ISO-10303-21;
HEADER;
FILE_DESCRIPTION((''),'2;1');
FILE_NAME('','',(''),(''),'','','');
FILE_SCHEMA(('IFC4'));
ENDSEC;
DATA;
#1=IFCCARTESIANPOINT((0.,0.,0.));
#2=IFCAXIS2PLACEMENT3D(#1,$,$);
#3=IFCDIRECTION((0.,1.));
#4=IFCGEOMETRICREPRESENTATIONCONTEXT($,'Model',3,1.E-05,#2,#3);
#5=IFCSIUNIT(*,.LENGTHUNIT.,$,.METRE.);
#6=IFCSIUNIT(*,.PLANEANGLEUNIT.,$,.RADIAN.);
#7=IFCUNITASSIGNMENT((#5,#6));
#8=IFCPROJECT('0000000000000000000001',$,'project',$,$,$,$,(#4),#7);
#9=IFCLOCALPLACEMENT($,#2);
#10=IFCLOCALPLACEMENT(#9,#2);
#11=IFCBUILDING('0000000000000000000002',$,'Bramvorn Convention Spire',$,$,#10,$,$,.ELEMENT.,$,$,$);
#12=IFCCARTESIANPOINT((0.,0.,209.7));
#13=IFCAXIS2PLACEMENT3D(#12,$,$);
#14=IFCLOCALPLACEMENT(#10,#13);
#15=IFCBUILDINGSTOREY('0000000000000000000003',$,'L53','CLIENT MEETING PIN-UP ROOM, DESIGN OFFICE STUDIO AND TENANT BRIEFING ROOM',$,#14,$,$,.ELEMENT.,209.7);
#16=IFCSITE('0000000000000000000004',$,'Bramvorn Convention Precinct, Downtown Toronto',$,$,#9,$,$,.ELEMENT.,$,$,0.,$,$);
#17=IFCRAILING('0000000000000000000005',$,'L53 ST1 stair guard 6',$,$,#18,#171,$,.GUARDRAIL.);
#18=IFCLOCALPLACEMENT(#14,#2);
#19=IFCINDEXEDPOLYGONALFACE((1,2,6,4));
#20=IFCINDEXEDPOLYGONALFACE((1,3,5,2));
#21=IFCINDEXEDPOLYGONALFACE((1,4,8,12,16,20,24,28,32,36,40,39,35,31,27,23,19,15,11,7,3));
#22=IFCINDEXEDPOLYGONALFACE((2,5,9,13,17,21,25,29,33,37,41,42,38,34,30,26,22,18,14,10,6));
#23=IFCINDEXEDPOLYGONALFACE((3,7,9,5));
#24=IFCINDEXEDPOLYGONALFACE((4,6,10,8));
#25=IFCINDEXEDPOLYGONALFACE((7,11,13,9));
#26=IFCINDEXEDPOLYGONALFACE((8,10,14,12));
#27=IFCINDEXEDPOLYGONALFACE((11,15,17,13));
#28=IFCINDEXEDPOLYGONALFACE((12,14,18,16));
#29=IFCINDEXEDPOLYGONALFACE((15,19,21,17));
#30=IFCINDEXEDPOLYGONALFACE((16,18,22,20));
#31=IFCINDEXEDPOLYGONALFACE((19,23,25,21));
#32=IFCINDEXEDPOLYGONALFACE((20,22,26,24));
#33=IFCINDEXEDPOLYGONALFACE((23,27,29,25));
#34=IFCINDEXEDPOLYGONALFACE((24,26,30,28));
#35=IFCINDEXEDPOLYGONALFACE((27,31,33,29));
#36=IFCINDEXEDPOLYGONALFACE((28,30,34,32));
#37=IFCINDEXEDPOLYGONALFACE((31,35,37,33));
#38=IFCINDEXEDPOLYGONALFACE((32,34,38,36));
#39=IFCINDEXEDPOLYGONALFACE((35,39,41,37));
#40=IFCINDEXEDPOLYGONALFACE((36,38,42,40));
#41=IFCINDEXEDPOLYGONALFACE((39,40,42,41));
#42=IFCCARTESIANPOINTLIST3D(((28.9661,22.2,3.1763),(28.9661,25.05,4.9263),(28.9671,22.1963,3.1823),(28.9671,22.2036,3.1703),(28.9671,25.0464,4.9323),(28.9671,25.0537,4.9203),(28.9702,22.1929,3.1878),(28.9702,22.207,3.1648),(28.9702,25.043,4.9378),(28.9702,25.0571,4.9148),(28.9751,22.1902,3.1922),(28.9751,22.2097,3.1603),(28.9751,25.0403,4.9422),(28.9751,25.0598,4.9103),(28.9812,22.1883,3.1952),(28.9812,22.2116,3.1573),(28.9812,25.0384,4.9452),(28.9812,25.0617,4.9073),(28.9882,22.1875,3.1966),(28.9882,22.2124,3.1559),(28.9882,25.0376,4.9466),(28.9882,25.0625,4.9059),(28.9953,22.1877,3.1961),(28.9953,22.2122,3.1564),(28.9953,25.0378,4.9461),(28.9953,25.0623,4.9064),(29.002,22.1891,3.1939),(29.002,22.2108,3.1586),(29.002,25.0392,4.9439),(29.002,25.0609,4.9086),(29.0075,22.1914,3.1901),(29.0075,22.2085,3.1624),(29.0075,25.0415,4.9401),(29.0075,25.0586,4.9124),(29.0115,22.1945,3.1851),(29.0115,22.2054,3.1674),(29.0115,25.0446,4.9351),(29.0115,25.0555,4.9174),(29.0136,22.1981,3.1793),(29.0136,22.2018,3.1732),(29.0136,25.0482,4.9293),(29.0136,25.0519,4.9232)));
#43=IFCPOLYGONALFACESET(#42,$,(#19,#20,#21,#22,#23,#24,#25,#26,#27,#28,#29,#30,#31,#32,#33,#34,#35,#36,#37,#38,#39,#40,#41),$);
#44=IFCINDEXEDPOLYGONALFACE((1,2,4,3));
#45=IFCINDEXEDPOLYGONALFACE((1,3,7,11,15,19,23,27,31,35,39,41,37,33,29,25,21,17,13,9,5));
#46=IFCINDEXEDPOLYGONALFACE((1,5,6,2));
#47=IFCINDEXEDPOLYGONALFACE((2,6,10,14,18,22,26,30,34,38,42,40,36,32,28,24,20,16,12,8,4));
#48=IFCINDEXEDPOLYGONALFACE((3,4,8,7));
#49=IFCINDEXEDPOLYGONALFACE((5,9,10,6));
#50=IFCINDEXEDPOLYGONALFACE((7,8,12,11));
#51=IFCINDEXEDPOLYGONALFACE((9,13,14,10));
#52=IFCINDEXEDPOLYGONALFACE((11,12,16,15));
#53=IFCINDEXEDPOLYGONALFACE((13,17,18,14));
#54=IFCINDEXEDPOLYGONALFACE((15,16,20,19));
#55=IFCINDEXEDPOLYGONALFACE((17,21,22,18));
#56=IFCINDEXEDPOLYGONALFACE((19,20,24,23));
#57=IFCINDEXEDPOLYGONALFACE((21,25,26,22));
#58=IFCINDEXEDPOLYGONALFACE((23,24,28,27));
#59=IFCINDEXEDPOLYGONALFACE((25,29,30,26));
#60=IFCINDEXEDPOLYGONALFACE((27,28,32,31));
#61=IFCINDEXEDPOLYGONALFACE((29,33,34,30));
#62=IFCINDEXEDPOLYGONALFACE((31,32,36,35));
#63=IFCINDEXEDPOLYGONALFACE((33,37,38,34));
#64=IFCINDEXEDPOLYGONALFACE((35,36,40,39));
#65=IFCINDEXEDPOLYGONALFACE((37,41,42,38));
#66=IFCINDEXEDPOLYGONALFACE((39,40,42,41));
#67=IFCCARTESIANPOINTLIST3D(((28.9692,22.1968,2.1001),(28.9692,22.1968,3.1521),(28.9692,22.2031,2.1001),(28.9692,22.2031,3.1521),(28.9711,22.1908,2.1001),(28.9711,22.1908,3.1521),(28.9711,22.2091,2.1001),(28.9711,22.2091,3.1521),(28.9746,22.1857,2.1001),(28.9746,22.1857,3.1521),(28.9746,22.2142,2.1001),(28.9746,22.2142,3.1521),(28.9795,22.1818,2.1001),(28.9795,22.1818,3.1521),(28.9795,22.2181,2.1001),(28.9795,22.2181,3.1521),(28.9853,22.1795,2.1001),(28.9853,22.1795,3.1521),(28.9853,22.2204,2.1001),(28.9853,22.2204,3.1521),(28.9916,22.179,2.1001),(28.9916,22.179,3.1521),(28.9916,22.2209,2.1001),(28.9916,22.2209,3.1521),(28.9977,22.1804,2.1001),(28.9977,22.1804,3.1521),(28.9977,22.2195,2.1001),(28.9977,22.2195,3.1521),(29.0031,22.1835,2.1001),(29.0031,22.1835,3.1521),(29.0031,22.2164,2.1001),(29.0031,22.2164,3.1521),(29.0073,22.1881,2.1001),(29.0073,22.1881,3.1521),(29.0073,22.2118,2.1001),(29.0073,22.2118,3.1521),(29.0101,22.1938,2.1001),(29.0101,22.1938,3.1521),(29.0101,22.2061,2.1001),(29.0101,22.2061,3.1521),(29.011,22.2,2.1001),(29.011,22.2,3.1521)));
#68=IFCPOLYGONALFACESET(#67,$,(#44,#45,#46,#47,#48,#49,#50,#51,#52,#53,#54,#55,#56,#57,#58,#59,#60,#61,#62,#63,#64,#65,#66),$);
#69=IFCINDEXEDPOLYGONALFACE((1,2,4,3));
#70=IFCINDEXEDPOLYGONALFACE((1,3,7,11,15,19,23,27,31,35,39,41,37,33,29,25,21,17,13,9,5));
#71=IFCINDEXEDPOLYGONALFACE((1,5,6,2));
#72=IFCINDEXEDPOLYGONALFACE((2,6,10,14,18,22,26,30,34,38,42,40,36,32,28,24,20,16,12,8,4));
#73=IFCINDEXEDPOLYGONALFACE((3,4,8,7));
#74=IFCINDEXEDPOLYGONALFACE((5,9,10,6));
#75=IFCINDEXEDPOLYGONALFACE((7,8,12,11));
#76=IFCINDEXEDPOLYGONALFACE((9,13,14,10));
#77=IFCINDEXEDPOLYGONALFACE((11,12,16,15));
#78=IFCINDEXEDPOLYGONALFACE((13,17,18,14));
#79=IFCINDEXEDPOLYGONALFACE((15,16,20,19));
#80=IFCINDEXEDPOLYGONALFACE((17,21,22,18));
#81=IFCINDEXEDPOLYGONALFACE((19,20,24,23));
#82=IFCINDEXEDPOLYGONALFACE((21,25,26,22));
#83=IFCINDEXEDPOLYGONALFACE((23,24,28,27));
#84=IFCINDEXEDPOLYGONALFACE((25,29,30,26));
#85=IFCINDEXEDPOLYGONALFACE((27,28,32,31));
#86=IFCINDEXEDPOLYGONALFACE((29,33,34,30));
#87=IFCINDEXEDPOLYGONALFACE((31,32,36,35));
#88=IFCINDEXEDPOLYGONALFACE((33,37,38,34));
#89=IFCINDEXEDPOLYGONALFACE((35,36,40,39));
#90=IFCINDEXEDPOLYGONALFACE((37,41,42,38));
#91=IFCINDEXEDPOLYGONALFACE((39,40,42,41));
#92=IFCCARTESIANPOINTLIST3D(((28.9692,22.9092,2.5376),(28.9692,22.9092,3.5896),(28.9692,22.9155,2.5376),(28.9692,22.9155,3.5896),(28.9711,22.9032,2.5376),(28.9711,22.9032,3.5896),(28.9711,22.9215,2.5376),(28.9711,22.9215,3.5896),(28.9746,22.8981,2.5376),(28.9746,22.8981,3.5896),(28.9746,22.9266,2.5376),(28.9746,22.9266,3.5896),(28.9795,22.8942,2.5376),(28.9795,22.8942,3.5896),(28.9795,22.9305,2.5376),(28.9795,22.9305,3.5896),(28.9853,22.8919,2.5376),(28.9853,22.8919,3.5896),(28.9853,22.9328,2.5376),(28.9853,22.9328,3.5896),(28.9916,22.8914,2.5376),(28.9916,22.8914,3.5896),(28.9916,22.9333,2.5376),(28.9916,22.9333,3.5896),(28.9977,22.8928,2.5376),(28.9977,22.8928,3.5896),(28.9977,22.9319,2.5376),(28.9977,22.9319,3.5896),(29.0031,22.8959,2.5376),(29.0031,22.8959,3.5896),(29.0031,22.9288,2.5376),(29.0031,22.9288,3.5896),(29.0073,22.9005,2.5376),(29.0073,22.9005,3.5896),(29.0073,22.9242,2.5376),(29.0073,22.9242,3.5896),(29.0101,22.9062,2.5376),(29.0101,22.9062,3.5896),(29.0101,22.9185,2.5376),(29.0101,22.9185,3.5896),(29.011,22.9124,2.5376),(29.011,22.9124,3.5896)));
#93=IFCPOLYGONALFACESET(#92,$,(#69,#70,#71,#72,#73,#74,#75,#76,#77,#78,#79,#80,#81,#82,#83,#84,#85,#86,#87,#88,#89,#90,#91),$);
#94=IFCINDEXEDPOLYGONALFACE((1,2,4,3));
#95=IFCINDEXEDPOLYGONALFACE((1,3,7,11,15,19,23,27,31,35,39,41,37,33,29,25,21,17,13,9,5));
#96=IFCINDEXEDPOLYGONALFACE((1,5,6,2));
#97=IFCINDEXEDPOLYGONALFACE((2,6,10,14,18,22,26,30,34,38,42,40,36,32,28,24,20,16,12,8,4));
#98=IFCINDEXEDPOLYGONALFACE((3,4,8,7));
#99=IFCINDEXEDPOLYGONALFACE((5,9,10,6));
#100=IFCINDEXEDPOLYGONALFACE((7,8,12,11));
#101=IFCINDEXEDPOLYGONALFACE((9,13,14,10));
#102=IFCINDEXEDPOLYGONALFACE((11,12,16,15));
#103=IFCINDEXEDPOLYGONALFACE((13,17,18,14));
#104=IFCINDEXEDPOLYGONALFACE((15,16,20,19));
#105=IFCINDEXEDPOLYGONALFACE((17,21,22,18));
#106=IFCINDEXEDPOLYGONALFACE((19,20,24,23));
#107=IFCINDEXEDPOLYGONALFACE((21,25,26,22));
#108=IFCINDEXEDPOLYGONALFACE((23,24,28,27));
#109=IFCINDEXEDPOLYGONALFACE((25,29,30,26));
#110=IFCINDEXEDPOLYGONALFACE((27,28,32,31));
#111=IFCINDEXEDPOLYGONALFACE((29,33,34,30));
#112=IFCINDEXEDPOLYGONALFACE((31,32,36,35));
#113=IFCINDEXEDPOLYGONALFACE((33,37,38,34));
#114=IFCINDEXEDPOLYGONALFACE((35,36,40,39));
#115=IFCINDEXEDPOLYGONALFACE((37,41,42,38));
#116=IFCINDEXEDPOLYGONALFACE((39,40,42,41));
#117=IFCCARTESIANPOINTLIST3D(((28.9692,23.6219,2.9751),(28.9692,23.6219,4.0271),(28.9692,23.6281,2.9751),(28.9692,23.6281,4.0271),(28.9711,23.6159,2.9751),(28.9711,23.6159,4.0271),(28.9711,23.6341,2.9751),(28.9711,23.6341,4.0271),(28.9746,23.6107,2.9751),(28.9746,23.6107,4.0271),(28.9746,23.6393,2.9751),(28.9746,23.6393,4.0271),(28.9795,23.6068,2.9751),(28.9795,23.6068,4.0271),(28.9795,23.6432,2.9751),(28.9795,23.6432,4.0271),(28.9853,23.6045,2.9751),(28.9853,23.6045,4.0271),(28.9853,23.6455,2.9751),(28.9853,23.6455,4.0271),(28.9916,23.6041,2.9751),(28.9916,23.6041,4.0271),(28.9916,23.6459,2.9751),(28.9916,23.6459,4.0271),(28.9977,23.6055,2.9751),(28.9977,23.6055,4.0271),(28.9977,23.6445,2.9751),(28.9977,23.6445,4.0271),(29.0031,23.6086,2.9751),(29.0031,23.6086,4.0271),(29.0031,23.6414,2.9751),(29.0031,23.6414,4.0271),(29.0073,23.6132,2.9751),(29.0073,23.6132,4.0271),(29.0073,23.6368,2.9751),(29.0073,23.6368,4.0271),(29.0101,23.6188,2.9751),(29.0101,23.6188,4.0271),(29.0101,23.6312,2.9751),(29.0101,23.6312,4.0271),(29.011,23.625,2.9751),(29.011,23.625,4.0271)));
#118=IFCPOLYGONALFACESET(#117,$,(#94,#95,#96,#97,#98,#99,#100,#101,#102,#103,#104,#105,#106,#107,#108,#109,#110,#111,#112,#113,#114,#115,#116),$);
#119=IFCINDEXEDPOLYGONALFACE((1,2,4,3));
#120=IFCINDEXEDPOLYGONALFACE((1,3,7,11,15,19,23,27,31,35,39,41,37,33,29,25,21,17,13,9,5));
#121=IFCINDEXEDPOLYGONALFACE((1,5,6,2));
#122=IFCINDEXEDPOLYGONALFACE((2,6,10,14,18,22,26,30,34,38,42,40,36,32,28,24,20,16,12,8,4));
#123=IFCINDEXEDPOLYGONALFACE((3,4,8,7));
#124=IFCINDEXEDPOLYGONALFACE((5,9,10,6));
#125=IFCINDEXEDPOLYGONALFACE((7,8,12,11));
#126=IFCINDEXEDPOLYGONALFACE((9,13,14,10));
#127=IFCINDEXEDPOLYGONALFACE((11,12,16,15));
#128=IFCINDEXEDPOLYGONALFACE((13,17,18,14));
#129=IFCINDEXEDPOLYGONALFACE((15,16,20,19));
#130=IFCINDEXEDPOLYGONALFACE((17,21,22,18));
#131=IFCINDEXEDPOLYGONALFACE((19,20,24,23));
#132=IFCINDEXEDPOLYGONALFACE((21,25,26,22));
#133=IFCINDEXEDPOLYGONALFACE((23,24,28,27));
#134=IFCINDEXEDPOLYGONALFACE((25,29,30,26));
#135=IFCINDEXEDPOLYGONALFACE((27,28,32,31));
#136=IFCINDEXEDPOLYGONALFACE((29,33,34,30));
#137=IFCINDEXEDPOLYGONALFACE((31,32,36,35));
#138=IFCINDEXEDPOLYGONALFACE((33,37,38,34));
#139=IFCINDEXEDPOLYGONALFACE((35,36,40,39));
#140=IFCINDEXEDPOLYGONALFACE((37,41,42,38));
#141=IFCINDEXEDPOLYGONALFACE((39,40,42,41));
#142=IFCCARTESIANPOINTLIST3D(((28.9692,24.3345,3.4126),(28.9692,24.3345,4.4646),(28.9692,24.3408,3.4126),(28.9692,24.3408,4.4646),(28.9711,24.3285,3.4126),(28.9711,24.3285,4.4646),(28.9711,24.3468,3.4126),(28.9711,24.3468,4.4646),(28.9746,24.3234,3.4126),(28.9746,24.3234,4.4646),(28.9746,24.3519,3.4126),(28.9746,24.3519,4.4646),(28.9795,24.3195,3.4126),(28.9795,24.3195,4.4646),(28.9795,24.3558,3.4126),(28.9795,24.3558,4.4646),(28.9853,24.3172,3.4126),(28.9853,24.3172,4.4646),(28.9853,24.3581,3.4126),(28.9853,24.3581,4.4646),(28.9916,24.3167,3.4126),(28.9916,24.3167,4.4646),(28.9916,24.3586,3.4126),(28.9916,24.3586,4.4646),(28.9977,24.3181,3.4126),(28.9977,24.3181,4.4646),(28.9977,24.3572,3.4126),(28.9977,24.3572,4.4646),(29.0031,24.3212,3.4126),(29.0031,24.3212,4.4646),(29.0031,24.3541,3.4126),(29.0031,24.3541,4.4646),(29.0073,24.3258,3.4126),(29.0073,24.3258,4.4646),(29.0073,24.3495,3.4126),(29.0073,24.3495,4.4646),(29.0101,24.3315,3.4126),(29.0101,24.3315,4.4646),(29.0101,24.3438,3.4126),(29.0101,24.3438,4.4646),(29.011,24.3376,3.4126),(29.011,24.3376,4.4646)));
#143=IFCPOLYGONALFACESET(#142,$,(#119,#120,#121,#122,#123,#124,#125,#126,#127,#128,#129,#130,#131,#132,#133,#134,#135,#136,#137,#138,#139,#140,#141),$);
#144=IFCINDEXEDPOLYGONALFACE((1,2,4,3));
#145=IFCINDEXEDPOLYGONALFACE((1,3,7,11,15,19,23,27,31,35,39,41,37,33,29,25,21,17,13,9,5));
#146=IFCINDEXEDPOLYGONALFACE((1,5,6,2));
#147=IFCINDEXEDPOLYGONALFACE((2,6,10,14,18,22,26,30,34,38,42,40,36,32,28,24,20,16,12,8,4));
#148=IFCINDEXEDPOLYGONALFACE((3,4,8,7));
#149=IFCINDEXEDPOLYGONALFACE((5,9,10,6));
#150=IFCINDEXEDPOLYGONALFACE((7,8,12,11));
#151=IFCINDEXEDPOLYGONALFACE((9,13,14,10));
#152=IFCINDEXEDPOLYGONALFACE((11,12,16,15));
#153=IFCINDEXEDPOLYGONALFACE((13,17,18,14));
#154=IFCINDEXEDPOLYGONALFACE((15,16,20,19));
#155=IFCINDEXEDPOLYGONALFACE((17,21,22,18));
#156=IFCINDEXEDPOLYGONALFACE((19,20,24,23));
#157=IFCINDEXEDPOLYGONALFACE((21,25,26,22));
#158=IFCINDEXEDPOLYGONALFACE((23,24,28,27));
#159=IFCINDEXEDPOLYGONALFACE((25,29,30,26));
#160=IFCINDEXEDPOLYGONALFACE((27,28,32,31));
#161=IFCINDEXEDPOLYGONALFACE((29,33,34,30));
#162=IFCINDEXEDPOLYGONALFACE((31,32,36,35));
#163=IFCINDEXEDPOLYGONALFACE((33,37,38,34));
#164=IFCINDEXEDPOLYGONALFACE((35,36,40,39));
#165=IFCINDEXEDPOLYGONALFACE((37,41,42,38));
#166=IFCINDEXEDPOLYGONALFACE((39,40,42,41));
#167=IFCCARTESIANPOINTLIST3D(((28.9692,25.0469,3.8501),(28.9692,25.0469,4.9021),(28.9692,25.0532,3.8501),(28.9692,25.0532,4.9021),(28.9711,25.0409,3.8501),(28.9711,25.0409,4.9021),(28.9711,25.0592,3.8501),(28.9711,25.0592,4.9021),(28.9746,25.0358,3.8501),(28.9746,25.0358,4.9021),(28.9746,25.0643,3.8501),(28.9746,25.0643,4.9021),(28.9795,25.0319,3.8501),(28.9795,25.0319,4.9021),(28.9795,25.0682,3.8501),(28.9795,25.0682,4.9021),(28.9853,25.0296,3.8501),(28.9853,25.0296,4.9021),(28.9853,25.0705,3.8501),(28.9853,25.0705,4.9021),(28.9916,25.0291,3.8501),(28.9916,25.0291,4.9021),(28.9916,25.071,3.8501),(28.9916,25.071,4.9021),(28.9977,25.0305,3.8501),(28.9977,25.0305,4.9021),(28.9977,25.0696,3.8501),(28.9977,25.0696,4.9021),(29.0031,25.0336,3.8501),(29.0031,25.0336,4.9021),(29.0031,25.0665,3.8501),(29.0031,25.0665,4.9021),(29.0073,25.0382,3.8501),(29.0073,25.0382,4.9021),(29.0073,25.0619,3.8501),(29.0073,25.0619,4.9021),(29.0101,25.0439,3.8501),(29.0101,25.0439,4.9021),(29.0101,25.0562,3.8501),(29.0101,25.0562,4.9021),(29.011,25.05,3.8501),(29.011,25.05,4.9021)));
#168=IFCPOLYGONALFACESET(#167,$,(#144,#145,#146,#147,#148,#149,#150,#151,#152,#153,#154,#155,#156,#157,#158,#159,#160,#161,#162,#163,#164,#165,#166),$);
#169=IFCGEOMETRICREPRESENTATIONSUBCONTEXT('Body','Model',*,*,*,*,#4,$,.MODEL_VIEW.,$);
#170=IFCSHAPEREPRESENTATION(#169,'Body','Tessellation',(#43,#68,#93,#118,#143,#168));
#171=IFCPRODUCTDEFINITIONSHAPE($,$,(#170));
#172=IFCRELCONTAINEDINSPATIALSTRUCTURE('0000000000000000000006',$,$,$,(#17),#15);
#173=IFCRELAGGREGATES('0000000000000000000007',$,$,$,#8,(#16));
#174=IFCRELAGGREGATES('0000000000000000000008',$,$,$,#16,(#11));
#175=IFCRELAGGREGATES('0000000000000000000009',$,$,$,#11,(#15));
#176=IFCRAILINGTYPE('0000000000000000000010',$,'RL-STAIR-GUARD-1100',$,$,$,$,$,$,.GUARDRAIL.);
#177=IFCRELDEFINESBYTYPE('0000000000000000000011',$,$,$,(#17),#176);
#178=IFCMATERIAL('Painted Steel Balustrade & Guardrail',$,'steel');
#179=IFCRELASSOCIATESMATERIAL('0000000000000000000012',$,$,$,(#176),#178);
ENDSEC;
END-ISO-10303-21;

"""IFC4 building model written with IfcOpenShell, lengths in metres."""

from ifc_helpers import new_model, si_unit, direction, frame, origin, origin_2d, place, context, subcontext, project, spatial, circle, extrude, material, type_object, element, save


model = new_model("IFC4")

# Units and contexts
model_context = context("Model", 3, precision=1e-05, world=origin(), true_north=direction((0.0, 1.0)))
body_context = subcontext(model_context, "Body", "Model", "MODEL_VIEW")
ifc_project = project(units=[si_unit("LENGTHUNIT", "METRE"), si_unit("PLANEANGLEUNIT", "RADIAN")], contexts=[model_context])

# Site, building, storey
site_placement = place(None, origin())
site = spatial("IfcSite", under=ifc_project, at=site_placement, Name="Bramvorn Convention Precinct, Downtown Toronto", CompositionType="ELEMENT", RefElevation=0.0)
building_placement = place(site_placement, origin())
building = spatial("IfcBuilding", under=site, at=building_placement, Name="Bramvorn Convention Spire", CompositionType="ELEMENT")
storey_placement = place(building_placement, frame((0.0, 0.0, 209.7)))
storey = spatial("IfcBuildingStorey", under=building, at=storey_placement, Name="L53", Description="CLIENT MEETING PIN-UP ROOM, DESIGN OFFICE STUDIO AND TENANT BRIEFING ROOM", CompositionType="ELEMENT", Elevation=209.7)

# Railing
ifc_material_1 = material(Name="Painted Steel Balustrade & Guardrail", Category="steel")
railing_type_1 = type_object("IfcRailingType", Name="RL-STAIR-GUARD-1100", PredefinedType="GUARDRAIL", material=ifc_material_1)
railing_1_placement = place(storey_placement, frame((28.99, 22.2, 2.1001)))
element("IfcRailing", 1, at=railing_1_placement, inside=storey, type_object=railing_type_1, Name="L53 ST1 stair guard 6", PredefinedType="GUARDRAIL", context=body_context, shape_type="SweptSolid", body=[
    extrude(circle(Radius=0.0239, at=origin_2d()), frame((0.0, 0.0, 1.0762), z_axis=(0.0, 0.852179, 0.52325), x_axis=(-1.0, 0.0, 0.0)), (0.0, 0.0, 1.0), 3.3445),
    extrude(circle(Radius=0.021, at=origin_2d()), origin(), (0.0, 0.0, 1.0), 1.052),
    extrude(circle(Radius=0.021, at=origin_2d()), frame((0.0, 0.7124, 0.4375)), (0.0, 0.0, 1.0), 1.052),
    extrude(circle(Radius=0.021, at=origin_2d()), frame((0.0, 1.425, 0.875)), (0.0, 0.0, 1.0), 1.052),
    extrude(circle(Radius=0.021, at=origin_2d()), frame((0.0, 2.1377, 1.3125)), (0.0, 0.0, 1.0), 1.052),
    extrude(circle(Radius=0.021, at=origin_2d()), frame((0.0, 2.8501, 1.75)), (0.0, 0.0, 1.0), 1.052),
])

save(model, "model.ifc")
